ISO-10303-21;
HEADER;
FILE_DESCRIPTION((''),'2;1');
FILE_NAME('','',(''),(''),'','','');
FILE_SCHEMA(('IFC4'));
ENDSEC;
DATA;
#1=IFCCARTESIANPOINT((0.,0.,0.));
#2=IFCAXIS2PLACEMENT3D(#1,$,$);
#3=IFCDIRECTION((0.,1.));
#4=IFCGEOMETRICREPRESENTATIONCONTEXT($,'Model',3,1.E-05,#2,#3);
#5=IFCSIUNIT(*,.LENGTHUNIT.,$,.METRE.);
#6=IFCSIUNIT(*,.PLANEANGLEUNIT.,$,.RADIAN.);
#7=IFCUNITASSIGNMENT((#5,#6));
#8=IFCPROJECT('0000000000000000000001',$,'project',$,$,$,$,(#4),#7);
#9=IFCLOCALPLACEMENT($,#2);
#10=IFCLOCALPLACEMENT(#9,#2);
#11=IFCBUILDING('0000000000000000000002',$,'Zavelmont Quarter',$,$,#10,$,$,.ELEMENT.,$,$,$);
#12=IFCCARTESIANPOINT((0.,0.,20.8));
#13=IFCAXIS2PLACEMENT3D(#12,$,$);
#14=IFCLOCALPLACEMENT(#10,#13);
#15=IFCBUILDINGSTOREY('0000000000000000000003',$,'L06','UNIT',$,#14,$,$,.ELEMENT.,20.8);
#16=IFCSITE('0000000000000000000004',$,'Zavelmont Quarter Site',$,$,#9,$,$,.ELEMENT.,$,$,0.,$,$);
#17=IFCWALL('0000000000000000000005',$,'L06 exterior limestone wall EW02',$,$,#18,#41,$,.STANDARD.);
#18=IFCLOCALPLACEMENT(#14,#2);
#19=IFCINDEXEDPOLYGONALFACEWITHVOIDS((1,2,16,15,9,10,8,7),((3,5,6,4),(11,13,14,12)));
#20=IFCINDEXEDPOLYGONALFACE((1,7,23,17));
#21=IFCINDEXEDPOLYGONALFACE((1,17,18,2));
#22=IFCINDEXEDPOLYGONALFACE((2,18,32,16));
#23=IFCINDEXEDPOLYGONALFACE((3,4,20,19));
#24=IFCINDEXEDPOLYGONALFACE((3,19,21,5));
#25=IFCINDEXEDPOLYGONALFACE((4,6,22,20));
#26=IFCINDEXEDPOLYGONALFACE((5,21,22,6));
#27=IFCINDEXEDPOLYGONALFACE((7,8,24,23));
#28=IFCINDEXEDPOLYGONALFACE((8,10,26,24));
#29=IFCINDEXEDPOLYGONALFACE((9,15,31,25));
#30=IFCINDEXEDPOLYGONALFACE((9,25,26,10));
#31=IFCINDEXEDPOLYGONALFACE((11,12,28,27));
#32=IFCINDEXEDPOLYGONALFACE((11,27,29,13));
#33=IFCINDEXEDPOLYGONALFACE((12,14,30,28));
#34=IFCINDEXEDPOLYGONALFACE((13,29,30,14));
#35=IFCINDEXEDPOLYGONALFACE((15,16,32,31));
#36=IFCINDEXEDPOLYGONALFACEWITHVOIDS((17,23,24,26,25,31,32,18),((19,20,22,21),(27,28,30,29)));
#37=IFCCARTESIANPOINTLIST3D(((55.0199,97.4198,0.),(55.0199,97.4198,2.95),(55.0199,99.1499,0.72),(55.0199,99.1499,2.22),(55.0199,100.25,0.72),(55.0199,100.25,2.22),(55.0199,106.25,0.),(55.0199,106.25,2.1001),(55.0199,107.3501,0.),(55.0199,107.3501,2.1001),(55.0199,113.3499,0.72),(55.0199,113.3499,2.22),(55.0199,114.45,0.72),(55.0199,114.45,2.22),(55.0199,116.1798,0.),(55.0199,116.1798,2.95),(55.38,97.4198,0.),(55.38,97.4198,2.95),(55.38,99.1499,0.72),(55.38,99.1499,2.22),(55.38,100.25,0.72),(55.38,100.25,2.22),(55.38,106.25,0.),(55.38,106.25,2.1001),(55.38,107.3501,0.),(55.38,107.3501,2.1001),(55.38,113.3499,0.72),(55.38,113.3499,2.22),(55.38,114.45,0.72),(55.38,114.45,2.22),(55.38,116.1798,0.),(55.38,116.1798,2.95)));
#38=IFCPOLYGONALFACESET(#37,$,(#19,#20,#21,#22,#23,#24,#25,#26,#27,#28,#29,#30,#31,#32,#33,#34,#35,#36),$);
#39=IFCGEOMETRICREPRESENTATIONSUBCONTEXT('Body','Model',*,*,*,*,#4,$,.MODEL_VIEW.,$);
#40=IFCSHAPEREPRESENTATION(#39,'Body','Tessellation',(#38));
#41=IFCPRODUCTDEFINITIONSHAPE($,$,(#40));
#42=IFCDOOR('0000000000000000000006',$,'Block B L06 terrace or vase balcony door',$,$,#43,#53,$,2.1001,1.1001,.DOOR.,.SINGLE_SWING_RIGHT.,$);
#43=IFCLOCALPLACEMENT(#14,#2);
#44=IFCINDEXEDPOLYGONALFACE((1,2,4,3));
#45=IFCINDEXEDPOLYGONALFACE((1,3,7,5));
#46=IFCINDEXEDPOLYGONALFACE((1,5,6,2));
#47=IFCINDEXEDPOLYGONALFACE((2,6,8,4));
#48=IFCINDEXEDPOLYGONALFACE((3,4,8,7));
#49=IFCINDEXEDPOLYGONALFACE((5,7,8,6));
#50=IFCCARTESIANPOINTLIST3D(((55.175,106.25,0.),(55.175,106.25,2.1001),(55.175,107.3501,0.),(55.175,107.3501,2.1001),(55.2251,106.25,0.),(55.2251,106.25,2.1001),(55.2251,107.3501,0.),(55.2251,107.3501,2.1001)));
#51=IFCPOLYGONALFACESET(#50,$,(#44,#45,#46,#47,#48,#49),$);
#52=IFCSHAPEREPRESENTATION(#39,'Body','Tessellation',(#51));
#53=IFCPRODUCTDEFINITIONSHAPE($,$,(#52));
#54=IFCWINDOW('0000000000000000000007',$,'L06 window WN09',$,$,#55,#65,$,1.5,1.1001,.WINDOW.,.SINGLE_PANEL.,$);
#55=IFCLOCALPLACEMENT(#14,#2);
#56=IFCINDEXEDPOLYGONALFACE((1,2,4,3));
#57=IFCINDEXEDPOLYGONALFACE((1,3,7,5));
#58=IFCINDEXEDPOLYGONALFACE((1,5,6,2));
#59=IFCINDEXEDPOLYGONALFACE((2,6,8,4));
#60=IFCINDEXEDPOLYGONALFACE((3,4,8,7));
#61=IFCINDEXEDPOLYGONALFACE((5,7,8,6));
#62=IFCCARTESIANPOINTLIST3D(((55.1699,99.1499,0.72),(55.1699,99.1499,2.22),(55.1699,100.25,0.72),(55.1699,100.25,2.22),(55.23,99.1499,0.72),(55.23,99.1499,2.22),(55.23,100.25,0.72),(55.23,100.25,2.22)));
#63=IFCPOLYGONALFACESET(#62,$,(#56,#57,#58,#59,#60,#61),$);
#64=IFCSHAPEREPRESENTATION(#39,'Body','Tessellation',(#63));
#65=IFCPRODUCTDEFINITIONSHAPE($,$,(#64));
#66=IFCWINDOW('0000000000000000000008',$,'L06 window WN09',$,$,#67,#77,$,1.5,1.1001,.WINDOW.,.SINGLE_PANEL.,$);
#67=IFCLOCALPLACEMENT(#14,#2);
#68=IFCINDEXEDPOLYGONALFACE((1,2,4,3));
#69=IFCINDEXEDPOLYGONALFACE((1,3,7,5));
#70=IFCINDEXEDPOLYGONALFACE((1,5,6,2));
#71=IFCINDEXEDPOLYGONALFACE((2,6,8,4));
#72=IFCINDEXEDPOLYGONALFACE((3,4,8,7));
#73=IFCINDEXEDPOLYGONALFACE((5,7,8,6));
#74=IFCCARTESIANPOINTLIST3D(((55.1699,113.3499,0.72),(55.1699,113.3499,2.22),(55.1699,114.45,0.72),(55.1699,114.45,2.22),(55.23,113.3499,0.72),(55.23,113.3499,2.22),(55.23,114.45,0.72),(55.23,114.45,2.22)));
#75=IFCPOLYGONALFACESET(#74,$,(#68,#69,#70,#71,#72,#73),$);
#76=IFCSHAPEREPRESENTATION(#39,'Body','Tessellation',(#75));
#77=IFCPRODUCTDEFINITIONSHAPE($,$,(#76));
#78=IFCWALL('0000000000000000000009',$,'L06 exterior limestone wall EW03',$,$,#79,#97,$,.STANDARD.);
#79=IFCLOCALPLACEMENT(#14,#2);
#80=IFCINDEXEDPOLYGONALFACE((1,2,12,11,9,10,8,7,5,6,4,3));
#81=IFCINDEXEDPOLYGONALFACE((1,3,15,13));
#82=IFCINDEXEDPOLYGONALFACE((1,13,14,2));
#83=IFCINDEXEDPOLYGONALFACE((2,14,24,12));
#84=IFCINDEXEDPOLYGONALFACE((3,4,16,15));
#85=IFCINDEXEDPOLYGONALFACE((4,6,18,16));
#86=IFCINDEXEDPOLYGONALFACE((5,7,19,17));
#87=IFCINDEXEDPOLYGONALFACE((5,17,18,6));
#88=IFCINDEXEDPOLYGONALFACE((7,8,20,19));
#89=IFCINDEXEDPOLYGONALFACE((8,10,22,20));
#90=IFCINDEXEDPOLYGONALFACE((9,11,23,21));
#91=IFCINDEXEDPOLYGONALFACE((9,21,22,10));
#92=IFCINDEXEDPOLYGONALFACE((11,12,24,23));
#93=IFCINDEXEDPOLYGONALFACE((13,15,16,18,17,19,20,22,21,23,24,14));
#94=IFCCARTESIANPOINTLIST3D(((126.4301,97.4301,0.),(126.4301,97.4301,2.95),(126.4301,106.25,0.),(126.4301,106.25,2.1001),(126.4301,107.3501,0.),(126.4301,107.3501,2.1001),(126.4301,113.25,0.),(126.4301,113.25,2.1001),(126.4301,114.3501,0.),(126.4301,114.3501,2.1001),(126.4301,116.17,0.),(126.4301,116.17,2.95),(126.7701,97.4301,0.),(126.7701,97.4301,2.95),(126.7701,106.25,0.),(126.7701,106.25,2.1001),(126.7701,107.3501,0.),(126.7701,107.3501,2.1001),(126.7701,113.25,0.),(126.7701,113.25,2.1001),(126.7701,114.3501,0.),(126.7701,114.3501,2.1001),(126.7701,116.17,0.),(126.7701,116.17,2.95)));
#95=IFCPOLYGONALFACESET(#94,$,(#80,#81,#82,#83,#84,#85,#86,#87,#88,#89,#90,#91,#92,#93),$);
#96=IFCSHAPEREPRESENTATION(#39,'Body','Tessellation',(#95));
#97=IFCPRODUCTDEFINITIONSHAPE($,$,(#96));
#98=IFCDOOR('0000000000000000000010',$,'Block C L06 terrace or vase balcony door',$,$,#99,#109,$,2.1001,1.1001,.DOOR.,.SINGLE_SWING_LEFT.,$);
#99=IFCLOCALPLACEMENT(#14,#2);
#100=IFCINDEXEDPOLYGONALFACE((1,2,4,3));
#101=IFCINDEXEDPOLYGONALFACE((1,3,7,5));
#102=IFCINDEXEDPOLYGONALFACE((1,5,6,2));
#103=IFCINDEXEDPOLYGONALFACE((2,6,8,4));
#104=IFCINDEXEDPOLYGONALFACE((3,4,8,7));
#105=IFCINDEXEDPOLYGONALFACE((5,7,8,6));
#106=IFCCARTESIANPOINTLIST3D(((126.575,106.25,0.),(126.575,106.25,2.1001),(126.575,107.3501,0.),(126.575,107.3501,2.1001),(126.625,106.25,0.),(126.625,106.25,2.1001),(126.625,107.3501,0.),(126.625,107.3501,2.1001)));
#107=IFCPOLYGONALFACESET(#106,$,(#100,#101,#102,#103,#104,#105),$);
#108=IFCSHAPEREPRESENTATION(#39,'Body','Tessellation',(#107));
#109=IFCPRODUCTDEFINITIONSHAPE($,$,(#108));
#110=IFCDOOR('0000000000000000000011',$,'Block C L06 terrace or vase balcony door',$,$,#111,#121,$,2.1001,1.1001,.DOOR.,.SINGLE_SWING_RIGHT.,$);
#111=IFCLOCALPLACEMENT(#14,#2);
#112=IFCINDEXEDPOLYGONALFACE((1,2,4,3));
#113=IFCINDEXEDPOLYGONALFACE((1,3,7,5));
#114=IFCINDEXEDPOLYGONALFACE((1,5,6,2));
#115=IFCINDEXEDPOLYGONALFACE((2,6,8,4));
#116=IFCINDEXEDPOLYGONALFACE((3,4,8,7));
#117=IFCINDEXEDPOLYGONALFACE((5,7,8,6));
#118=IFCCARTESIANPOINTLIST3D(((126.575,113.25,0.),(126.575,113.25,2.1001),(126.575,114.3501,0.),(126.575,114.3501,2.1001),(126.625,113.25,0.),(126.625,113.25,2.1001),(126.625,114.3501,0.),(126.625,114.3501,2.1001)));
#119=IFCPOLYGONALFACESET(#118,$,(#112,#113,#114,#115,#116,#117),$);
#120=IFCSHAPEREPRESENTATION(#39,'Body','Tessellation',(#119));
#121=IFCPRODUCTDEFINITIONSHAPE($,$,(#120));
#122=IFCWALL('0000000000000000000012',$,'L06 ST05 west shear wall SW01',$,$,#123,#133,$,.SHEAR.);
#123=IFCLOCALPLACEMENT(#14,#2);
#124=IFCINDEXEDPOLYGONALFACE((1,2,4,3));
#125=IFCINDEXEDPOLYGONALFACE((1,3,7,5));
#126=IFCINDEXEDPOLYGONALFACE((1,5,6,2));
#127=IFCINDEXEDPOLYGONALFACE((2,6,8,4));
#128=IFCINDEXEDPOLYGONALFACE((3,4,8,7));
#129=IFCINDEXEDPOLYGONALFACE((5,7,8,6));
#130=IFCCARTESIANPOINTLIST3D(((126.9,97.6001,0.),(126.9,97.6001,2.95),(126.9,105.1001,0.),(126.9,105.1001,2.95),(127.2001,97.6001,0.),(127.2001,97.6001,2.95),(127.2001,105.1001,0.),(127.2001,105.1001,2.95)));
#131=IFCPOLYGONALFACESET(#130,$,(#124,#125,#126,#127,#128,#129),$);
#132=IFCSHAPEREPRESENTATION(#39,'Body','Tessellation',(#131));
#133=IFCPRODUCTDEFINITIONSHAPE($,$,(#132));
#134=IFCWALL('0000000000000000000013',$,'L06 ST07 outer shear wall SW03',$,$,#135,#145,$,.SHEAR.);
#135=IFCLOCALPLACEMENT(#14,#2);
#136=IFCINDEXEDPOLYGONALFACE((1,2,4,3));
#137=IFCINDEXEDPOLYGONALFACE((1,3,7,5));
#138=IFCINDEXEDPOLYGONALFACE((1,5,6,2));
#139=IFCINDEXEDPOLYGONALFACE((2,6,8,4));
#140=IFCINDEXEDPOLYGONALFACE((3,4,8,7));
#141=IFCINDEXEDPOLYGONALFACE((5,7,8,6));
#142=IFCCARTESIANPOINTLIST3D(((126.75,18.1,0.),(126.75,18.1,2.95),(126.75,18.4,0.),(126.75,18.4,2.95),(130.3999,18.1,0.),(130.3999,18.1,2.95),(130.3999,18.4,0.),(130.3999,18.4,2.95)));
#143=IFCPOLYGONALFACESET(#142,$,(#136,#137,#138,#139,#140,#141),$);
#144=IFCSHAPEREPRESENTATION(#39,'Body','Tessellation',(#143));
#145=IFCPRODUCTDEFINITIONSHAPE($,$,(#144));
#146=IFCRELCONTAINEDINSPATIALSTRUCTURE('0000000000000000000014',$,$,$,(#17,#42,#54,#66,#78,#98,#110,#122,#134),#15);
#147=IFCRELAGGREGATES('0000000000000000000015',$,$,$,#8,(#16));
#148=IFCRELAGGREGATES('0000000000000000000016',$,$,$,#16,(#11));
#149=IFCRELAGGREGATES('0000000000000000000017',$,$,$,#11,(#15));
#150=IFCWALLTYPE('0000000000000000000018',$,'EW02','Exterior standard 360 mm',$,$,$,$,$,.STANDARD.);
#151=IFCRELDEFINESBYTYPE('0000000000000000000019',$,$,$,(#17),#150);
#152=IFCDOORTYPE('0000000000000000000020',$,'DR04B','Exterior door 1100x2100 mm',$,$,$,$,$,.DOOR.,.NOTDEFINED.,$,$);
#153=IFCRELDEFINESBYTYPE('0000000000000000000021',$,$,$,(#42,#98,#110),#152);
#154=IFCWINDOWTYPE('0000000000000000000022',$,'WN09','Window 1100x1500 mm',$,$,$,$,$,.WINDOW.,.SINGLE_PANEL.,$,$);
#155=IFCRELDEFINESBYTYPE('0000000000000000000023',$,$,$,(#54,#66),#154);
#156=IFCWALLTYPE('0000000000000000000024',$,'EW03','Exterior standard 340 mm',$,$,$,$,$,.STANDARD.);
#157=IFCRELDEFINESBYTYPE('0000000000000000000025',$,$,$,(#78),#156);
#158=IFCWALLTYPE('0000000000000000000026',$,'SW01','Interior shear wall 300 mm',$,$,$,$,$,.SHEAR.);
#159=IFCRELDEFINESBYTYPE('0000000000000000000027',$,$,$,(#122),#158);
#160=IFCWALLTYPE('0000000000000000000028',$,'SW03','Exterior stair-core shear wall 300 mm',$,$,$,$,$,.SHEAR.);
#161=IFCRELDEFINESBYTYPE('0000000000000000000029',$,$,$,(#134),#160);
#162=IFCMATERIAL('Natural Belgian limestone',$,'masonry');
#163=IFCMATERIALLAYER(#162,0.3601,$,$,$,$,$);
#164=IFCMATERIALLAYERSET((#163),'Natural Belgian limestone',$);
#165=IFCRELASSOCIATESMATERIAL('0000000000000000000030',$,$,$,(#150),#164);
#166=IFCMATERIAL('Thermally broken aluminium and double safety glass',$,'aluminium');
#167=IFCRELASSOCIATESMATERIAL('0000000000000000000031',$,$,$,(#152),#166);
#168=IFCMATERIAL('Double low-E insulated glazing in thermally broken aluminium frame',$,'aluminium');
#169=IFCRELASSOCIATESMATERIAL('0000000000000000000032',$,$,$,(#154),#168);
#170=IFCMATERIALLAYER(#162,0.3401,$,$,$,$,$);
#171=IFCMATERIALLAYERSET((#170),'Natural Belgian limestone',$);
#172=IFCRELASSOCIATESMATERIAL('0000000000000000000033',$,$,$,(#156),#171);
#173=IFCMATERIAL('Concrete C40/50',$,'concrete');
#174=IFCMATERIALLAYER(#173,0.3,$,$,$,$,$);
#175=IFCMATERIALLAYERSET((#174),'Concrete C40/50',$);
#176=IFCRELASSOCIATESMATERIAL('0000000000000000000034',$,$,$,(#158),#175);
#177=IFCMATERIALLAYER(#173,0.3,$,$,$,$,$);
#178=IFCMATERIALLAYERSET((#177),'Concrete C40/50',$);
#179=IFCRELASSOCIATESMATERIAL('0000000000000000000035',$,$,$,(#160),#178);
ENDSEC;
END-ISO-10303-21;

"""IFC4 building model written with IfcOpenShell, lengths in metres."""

from ifc_helpers import new_model, si_unit, direction, frame, frame_2d, origin, origin_with_axes, place, context, subcontext, project, spatial, rectangle, extrude, material, layer, layer_set, type_object, element, fill, save


model = new_model("IFC4")

# Units and contexts
model_context = context("Model", 3, precision=1e-05, world=origin(), true_north=direction((0.0, 1.0)))
body_context = subcontext(model_context, "Body", "Model", "MODEL_VIEW")
ifc_project = project(units=[si_unit("LENGTHUNIT", "METRE"), si_unit("PLANEANGLEUNIT", "RADIAN")], contexts=[model_context])

# Site, building, storey
site_placement = place(None, origin())
site = spatial("IfcSite", under=ifc_project, at=site_placement, Name="Zavelmont Quarter Site", CompositionType="ELEMENT", RefElevation=0.0)
building_placement = place(site_placement, origin())
building = spatial("IfcBuilding", under=site, at=building_placement, Name="Zavelmont Quarter", CompositionType="ELEMENT")
storey_placement = place(building_placement, frame((0.0, 0.0, 20.8)))
storey = spatial("IfcBuildingStorey", under=building, at=storey_placement, Name="L06", Description="UNIT", CompositionType="ELEMENT", Elevation=20.8)

# Shared definitions
ifc_material_1 = material(Name="Concrete C40/50", Category="concrete")

# Wall, openings, door, windows
ifc_material_2 = material(Name="Natural Belgian limestone", Category="masonry")
ifc_layer_1 = layer(ifc_material_2, 0.3601)
ifc_layer_set_1 = layer_set([ifc_layer_1], Name="Natural Belgian limestone")
wall_type_1 = type_object("IfcWallType", Name="EW02", Description="Exterior standard 360 mm", PredefinedType="STANDARD", material=ifc_layer_set_1)
wall_1_placement = place(storey_placement, frame((55.2, 97.4199, 0.0), z_axis=(0.0, 0.0, 1.0), x_axis=(0.0, 1.0, 0.0)))
wall_1 = element("IfcWall", 1, at=wall_1_placement, inside=storey, type_object=wall_type_1, Name="L06 exterior limestone wall EW02", PredefinedType="STANDARD", context=body_context, shape_type="SweptSolid", body=[
    extrude(rectangle(XDim=18.76, YDim=0.3601, at=frame_2d((9.3799, 0.0))), origin(), (0.0, 0.0, 1.0), 2.95),
])
opening_1_placement = place(wall_1_placement, frame((8.8301, 0.0, 0.0)))
opening_1 = element("IfcOpeningElement", 2, at=opening_1_placement, cuts=wall_1, PredefinedType="OPENING", context=body_context, shape_type="SweptSolid", body=[
    extrude(rectangle(XDim=1.1001, YDim=2.1001, at=frame_2d((0.55, 1.05))), frame((0.0, 0.1919, 0.0), z_axis=(0.0, -1.0, 0.0), x_axis=(1.0, 0.0, 0.0)), (0.0, 0.0, 1.0), 0.384),
])
opening_2_placement = place(wall_1_placement, frame((1.73, 0.0, 0.72)))
opening_2 = element("IfcOpeningElement", 3, at=opening_2_placement, cuts=wall_1, PredefinedType="OPENING", context=body_context, shape_type="SweptSolid", body=[
    extrude(rectangle(XDim=1.1001, YDim=1.5, at=frame_2d((0.55, 0.75))), frame((0.0, 0.1919, 0.0), z_axis=(0.0, -1.0, 0.0), x_axis=(1.0, 0.0, 0.0)), (0.0, 0.0, 1.0), 0.384),
])
opening_3_placement = place(wall_1_placement, frame((15.9299, 0.0, 0.72)))
opening_3 = element("IfcOpeningElement", 4, at=opening_3_placement, cuts=wall_1, PredefinedType="OPENING", context=body_context, shape_type="SweptSolid", body=[
    extrude(rectangle(XDim=1.1001, YDim=1.5, at=frame_2d((0.55, 0.75))), frame((0.0, 0.1919, 0.0), z_axis=(0.0, -1.0, 0.0), x_axis=(1.0, 0.0, 0.0)), (0.0, 0.0, 1.0), 0.384),
])
ifc_material_3 = material(Name="Thermally broken aluminium and double safety glass", Category="aluminium")
door_type = type_object("IfcDoorType", Name="DR04B", Description="Exterior door 1100x2100 mm", OperationType="NOTDEFINED", PredefinedType="DOOR", material=ifc_material_3)
door_1_placement = place(opening_1_placement, origin_with_axes())
door_1 = element("IfcDoor", 5, at=door_1_placement, inside=storey, type_object=door_type, Name="Block B L06 terrace or vase balcony door", OperationType="SINGLE_SWING_RIGHT", OverallHeight=2.1001, OverallWidth=1.1001, PredefinedType="DOOR", context=body_context, shape_type="SweptSolid", body=[
    extrude(rectangle(XDim=1.1001, YDim=2.1001, at=frame_2d((0.55, 1.05))), frame((0.0, 0.0249, 0.0), z_axis=(0.0, -1.0, 0.0), x_axis=(1.0, 0.0, 0.0)), (0.0, 0.0, 1.0), 0.05),
])
fill(opening_1, door_1)
ifc_material_4 = material(Name="Double low-E insulated glazing in thermally broken aluminium frame", Category="aluminium")
window_type = type_object("IfcWindowType", Name="WN09", Description="Window 1100x1500 mm", PartitioningType="SINGLE_PANEL", PredefinedType="WINDOW", material=ifc_material_4)
window_1_placement = place(opening_2_placement, origin_with_axes())
window_1 = element("IfcWindow", 6, at=window_1_placement, inside=storey, type_object=window_type, Name="L06 window WN09", OverallHeight=1.5, OverallWidth=1.1001, PartitioningType="SINGLE_PANEL", PredefinedType="WINDOW", context=body_context, shape_type="SweptSolid", body=[
    extrude(rectangle(XDim=1.1001, YDim=1.5, at=frame_2d((0.55, 0.75))), frame((0.0, 0.03, 0.0), z_axis=(0.0, -1.0, 0.0), x_axis=(1.0, 0.0, 0.0)), (0.0, 0.0, 1.0), 0.0601),
])
fill(opening_2, window_1)
window_2_placement = place(opening_3_placement, origin_with_axes())
window_2 = element("IfcWindow", 7, at=window_2_placement, inside=storey, type_object=window_type, Name="L06 window WN09", OverallHeight=1.5, OverallWidth=1.1001, PartitioningType="SINGLE_PANEL", PredefinedType="WINDOW", context=body_context, shape_type="SweptSolid", body=[
    extrude(rectangle(XDim=1.1001, YDim=1.5, at=frame_2d((0.55, 0.75))), frame((0.0, 0.03, 0.0), z_axis=(0.0, -1.0, 0.0), x_axis=(1.0, 0.0, 0.0)), (0.0, 0.0, 1.0), 0.0601),
])
fill(opening_3, window_2)

# Wall, openings, doors
ifc_layer_2 = layer(ifc_material_2, 0.3401)
ifc_layer_set_2 = layer_set([ifc_layer_2], Name="Natural Belgian limestone")
wall_type_2 = type_object("IfcWallType", Name="EW03", Description="Exterior standard 340 mm", PredefinedType="STANDARD", material=ifc_layer_set_2)
wall_2_placement = place(storey_placement, frame((126.6001, 97.4299, 0.0), z_axis=(0.0, 0.0, 1.0), x_axis=(0.0, 1.0, 0.0)))
wall_2 = element("IfcWall", 8, at=wall_2_placement, inside=storey, type_object=wall_type_2, Name="L06 exterior limestone wall EW03", PredefinedType="STANDARD", context=body_context, shape_type="SweptSolid", body=[
    extrude(rectangle(XDim=18.74, YDim=0.3401, at=frame_2d((9.3701, 0.0))), origin(), (0.0, 0.0, 1.0), 2.95),
])
opening_4_placement = place(wall_2_placement, frame((8.8201, 0.0, 0.0)))
opening_4 = element("IfcOpeningElement", 9, at=opening_4_placement, cuts=wall_2, PredefinedType="OPENING", context=body_context, shape_type="SweptSolid", body=[
    extrude(rectangle(XDim=1.1001, YDim=2.1001, at=frame_2d((0.55, 1.05))), frame((0.0, 0.1821, 0.0), z_axis=(0.0, -1.0, 0.0), x_axis=(1.0, 0.0, 0.0)), (0.0, 0.0, 1.0), 0.364),
])
opening_5_placement = place(wall_2_placement, frame((15.8201, 0.0, 0.0)))
opening_5 = element("IfcOpeningElement", 10, at=opening_5_placement, cuts=wall_2, PredefinedType="OPENING", context=body_context, shape_type="SweptSolid", body=[
    extrude(rectangle(XDim=1.1001, YDim=2.1001, at=frame_2d((0.55, 1.05))), frame((0.0, 0.1821, 0.0), z_axis=(0.0, -1.0, 0.0), x_axis=(1.0, 0.0, 0.0)), (0.0, 0.0, 1.0), 0.364),
])
door_2_placement = place(opening_4_placement, frame((1.1001, 0.0, 0.0), z_axis=(0.0, 0.0, 1.0), x_axis=(-1.0, 0.0, 0.0)))
door_2 = element("IfcDoor", 11, at=door_2_placement, inside=storey, type_object=door_type, Name="Block C L06 terrace or vase balcony door", OperationType="SINGLE_SWING_LEFT", OverallHeight=2.1001, OverallWidth=1.1001, PredefinedType="DOOR", context=body_context, shape_type="SweptSolid", body=[
    extrude(rectangle(XDim=1.1001, YDim=2.1001, at=frame_2d((0.55, 1.05))), frame((0.0, 0.0249, 0.0), z_axis=(0.0, -1.0, 0.0), x_axis=(1.0, 0.0, 0.0)), (0.0, 0.0, 1.0), 0.05),
])
fill(opening_4, door_2)
door_3_placement = place(opening_5_placement, frame((1.1001, 0.0, 0.0), z_axis=(0.0, 0.0, 1.0), x_axis=(-1.0, 0.0, 0.0)))
door_3 = element("IfcDoor", 12, at=door_3_placement, inside=storey, type_object=door_type, Name="Block C L06 terrace or vase balcony door", OperationType="SINGLE_SWING_RIGHT", OverallHeight=2.1001, OverallWidth=1.1001, PredefinedType="DOOR", context=body_context, shape_type="SweptSolid", body=[
    extrude(rectangle(XDim=1.1001, YDim=2.1001, at=frame_2d((0.55, 1.05))), frame((0.0, 0.0249, 0.0), z_axis=(0.0, -1.0, 0.0), x_axis=(1.0, 0.0, 0.0)), (0.0, 0.0, 1.0), 0.05),
])
fill(opening_5, door_3)

# Walls
ifc_layer_3 = layer(ifc_material_1, 0.3)
ifc_layer_set_3 = layer_set([ifc_layer_3], Name="Concrete C40/50")
wall_type_3 = type_object("IfcWallType", Name="SW01", Description="Interior shear wall 300 mm", PredefinedType="SHEAR", material=ifc_layer_set_3)
wall_3_placement = place(storey_placement, frame((127.05, 97.6001, 0.0), z_axis=(0.0, 0.0, 1.0), x_axis=(0.0, 1.0, 0.0)))
element("IfcWall", 13, at=wall_3_placement, inside=storey, type_object=wall_type_3, Name="L06 ST05 west shear wall SW01", PredefinedType="SHEAR", context=body_context, shape_type="SweptSolid", body=[
    extrude(rectangle(XDim=7.5, YDim=0.3, at=frame_2d((3.75, 0.0))), origin(), (0.0, 0.0, 1.0), 2.95),
])
ifc_layer_4 = layer(ifc_material_1, 0.3)
ifc_layer_set_4 = layer_set([ifc_layer_4], Name="Concrete C40/50")
wall_type_4 = type_object("IfcWallType", Name="SW03", Description="Exterior stair-core shear wall 300 mm", PredefinedType="SHEAR", material=ifc_layer_set_4)
wall_4_placement = place(storey_placement, frame((126.75, 18.25, 0.0), z_axis=(0.0, 0.0, 1.0), x_axis=(1.0, 0.0, 0.0)))
element("IfcWall", 14, at=wall_4_placement, inside=storey, type_object=wall_type_4, Name="L06 ST07 outer shear wall SW03", PredefinedType="SHEAR", context=body_context, shape_type="SweptSolid", body=[
    extrude(rectangle(XDim=3.6499, YDim=0.3, at=frame_2d((1.825, 0.0))), origin(), (0.0, 0.0, 1.0), 2.95),
])

save(model, "model.ifc")
